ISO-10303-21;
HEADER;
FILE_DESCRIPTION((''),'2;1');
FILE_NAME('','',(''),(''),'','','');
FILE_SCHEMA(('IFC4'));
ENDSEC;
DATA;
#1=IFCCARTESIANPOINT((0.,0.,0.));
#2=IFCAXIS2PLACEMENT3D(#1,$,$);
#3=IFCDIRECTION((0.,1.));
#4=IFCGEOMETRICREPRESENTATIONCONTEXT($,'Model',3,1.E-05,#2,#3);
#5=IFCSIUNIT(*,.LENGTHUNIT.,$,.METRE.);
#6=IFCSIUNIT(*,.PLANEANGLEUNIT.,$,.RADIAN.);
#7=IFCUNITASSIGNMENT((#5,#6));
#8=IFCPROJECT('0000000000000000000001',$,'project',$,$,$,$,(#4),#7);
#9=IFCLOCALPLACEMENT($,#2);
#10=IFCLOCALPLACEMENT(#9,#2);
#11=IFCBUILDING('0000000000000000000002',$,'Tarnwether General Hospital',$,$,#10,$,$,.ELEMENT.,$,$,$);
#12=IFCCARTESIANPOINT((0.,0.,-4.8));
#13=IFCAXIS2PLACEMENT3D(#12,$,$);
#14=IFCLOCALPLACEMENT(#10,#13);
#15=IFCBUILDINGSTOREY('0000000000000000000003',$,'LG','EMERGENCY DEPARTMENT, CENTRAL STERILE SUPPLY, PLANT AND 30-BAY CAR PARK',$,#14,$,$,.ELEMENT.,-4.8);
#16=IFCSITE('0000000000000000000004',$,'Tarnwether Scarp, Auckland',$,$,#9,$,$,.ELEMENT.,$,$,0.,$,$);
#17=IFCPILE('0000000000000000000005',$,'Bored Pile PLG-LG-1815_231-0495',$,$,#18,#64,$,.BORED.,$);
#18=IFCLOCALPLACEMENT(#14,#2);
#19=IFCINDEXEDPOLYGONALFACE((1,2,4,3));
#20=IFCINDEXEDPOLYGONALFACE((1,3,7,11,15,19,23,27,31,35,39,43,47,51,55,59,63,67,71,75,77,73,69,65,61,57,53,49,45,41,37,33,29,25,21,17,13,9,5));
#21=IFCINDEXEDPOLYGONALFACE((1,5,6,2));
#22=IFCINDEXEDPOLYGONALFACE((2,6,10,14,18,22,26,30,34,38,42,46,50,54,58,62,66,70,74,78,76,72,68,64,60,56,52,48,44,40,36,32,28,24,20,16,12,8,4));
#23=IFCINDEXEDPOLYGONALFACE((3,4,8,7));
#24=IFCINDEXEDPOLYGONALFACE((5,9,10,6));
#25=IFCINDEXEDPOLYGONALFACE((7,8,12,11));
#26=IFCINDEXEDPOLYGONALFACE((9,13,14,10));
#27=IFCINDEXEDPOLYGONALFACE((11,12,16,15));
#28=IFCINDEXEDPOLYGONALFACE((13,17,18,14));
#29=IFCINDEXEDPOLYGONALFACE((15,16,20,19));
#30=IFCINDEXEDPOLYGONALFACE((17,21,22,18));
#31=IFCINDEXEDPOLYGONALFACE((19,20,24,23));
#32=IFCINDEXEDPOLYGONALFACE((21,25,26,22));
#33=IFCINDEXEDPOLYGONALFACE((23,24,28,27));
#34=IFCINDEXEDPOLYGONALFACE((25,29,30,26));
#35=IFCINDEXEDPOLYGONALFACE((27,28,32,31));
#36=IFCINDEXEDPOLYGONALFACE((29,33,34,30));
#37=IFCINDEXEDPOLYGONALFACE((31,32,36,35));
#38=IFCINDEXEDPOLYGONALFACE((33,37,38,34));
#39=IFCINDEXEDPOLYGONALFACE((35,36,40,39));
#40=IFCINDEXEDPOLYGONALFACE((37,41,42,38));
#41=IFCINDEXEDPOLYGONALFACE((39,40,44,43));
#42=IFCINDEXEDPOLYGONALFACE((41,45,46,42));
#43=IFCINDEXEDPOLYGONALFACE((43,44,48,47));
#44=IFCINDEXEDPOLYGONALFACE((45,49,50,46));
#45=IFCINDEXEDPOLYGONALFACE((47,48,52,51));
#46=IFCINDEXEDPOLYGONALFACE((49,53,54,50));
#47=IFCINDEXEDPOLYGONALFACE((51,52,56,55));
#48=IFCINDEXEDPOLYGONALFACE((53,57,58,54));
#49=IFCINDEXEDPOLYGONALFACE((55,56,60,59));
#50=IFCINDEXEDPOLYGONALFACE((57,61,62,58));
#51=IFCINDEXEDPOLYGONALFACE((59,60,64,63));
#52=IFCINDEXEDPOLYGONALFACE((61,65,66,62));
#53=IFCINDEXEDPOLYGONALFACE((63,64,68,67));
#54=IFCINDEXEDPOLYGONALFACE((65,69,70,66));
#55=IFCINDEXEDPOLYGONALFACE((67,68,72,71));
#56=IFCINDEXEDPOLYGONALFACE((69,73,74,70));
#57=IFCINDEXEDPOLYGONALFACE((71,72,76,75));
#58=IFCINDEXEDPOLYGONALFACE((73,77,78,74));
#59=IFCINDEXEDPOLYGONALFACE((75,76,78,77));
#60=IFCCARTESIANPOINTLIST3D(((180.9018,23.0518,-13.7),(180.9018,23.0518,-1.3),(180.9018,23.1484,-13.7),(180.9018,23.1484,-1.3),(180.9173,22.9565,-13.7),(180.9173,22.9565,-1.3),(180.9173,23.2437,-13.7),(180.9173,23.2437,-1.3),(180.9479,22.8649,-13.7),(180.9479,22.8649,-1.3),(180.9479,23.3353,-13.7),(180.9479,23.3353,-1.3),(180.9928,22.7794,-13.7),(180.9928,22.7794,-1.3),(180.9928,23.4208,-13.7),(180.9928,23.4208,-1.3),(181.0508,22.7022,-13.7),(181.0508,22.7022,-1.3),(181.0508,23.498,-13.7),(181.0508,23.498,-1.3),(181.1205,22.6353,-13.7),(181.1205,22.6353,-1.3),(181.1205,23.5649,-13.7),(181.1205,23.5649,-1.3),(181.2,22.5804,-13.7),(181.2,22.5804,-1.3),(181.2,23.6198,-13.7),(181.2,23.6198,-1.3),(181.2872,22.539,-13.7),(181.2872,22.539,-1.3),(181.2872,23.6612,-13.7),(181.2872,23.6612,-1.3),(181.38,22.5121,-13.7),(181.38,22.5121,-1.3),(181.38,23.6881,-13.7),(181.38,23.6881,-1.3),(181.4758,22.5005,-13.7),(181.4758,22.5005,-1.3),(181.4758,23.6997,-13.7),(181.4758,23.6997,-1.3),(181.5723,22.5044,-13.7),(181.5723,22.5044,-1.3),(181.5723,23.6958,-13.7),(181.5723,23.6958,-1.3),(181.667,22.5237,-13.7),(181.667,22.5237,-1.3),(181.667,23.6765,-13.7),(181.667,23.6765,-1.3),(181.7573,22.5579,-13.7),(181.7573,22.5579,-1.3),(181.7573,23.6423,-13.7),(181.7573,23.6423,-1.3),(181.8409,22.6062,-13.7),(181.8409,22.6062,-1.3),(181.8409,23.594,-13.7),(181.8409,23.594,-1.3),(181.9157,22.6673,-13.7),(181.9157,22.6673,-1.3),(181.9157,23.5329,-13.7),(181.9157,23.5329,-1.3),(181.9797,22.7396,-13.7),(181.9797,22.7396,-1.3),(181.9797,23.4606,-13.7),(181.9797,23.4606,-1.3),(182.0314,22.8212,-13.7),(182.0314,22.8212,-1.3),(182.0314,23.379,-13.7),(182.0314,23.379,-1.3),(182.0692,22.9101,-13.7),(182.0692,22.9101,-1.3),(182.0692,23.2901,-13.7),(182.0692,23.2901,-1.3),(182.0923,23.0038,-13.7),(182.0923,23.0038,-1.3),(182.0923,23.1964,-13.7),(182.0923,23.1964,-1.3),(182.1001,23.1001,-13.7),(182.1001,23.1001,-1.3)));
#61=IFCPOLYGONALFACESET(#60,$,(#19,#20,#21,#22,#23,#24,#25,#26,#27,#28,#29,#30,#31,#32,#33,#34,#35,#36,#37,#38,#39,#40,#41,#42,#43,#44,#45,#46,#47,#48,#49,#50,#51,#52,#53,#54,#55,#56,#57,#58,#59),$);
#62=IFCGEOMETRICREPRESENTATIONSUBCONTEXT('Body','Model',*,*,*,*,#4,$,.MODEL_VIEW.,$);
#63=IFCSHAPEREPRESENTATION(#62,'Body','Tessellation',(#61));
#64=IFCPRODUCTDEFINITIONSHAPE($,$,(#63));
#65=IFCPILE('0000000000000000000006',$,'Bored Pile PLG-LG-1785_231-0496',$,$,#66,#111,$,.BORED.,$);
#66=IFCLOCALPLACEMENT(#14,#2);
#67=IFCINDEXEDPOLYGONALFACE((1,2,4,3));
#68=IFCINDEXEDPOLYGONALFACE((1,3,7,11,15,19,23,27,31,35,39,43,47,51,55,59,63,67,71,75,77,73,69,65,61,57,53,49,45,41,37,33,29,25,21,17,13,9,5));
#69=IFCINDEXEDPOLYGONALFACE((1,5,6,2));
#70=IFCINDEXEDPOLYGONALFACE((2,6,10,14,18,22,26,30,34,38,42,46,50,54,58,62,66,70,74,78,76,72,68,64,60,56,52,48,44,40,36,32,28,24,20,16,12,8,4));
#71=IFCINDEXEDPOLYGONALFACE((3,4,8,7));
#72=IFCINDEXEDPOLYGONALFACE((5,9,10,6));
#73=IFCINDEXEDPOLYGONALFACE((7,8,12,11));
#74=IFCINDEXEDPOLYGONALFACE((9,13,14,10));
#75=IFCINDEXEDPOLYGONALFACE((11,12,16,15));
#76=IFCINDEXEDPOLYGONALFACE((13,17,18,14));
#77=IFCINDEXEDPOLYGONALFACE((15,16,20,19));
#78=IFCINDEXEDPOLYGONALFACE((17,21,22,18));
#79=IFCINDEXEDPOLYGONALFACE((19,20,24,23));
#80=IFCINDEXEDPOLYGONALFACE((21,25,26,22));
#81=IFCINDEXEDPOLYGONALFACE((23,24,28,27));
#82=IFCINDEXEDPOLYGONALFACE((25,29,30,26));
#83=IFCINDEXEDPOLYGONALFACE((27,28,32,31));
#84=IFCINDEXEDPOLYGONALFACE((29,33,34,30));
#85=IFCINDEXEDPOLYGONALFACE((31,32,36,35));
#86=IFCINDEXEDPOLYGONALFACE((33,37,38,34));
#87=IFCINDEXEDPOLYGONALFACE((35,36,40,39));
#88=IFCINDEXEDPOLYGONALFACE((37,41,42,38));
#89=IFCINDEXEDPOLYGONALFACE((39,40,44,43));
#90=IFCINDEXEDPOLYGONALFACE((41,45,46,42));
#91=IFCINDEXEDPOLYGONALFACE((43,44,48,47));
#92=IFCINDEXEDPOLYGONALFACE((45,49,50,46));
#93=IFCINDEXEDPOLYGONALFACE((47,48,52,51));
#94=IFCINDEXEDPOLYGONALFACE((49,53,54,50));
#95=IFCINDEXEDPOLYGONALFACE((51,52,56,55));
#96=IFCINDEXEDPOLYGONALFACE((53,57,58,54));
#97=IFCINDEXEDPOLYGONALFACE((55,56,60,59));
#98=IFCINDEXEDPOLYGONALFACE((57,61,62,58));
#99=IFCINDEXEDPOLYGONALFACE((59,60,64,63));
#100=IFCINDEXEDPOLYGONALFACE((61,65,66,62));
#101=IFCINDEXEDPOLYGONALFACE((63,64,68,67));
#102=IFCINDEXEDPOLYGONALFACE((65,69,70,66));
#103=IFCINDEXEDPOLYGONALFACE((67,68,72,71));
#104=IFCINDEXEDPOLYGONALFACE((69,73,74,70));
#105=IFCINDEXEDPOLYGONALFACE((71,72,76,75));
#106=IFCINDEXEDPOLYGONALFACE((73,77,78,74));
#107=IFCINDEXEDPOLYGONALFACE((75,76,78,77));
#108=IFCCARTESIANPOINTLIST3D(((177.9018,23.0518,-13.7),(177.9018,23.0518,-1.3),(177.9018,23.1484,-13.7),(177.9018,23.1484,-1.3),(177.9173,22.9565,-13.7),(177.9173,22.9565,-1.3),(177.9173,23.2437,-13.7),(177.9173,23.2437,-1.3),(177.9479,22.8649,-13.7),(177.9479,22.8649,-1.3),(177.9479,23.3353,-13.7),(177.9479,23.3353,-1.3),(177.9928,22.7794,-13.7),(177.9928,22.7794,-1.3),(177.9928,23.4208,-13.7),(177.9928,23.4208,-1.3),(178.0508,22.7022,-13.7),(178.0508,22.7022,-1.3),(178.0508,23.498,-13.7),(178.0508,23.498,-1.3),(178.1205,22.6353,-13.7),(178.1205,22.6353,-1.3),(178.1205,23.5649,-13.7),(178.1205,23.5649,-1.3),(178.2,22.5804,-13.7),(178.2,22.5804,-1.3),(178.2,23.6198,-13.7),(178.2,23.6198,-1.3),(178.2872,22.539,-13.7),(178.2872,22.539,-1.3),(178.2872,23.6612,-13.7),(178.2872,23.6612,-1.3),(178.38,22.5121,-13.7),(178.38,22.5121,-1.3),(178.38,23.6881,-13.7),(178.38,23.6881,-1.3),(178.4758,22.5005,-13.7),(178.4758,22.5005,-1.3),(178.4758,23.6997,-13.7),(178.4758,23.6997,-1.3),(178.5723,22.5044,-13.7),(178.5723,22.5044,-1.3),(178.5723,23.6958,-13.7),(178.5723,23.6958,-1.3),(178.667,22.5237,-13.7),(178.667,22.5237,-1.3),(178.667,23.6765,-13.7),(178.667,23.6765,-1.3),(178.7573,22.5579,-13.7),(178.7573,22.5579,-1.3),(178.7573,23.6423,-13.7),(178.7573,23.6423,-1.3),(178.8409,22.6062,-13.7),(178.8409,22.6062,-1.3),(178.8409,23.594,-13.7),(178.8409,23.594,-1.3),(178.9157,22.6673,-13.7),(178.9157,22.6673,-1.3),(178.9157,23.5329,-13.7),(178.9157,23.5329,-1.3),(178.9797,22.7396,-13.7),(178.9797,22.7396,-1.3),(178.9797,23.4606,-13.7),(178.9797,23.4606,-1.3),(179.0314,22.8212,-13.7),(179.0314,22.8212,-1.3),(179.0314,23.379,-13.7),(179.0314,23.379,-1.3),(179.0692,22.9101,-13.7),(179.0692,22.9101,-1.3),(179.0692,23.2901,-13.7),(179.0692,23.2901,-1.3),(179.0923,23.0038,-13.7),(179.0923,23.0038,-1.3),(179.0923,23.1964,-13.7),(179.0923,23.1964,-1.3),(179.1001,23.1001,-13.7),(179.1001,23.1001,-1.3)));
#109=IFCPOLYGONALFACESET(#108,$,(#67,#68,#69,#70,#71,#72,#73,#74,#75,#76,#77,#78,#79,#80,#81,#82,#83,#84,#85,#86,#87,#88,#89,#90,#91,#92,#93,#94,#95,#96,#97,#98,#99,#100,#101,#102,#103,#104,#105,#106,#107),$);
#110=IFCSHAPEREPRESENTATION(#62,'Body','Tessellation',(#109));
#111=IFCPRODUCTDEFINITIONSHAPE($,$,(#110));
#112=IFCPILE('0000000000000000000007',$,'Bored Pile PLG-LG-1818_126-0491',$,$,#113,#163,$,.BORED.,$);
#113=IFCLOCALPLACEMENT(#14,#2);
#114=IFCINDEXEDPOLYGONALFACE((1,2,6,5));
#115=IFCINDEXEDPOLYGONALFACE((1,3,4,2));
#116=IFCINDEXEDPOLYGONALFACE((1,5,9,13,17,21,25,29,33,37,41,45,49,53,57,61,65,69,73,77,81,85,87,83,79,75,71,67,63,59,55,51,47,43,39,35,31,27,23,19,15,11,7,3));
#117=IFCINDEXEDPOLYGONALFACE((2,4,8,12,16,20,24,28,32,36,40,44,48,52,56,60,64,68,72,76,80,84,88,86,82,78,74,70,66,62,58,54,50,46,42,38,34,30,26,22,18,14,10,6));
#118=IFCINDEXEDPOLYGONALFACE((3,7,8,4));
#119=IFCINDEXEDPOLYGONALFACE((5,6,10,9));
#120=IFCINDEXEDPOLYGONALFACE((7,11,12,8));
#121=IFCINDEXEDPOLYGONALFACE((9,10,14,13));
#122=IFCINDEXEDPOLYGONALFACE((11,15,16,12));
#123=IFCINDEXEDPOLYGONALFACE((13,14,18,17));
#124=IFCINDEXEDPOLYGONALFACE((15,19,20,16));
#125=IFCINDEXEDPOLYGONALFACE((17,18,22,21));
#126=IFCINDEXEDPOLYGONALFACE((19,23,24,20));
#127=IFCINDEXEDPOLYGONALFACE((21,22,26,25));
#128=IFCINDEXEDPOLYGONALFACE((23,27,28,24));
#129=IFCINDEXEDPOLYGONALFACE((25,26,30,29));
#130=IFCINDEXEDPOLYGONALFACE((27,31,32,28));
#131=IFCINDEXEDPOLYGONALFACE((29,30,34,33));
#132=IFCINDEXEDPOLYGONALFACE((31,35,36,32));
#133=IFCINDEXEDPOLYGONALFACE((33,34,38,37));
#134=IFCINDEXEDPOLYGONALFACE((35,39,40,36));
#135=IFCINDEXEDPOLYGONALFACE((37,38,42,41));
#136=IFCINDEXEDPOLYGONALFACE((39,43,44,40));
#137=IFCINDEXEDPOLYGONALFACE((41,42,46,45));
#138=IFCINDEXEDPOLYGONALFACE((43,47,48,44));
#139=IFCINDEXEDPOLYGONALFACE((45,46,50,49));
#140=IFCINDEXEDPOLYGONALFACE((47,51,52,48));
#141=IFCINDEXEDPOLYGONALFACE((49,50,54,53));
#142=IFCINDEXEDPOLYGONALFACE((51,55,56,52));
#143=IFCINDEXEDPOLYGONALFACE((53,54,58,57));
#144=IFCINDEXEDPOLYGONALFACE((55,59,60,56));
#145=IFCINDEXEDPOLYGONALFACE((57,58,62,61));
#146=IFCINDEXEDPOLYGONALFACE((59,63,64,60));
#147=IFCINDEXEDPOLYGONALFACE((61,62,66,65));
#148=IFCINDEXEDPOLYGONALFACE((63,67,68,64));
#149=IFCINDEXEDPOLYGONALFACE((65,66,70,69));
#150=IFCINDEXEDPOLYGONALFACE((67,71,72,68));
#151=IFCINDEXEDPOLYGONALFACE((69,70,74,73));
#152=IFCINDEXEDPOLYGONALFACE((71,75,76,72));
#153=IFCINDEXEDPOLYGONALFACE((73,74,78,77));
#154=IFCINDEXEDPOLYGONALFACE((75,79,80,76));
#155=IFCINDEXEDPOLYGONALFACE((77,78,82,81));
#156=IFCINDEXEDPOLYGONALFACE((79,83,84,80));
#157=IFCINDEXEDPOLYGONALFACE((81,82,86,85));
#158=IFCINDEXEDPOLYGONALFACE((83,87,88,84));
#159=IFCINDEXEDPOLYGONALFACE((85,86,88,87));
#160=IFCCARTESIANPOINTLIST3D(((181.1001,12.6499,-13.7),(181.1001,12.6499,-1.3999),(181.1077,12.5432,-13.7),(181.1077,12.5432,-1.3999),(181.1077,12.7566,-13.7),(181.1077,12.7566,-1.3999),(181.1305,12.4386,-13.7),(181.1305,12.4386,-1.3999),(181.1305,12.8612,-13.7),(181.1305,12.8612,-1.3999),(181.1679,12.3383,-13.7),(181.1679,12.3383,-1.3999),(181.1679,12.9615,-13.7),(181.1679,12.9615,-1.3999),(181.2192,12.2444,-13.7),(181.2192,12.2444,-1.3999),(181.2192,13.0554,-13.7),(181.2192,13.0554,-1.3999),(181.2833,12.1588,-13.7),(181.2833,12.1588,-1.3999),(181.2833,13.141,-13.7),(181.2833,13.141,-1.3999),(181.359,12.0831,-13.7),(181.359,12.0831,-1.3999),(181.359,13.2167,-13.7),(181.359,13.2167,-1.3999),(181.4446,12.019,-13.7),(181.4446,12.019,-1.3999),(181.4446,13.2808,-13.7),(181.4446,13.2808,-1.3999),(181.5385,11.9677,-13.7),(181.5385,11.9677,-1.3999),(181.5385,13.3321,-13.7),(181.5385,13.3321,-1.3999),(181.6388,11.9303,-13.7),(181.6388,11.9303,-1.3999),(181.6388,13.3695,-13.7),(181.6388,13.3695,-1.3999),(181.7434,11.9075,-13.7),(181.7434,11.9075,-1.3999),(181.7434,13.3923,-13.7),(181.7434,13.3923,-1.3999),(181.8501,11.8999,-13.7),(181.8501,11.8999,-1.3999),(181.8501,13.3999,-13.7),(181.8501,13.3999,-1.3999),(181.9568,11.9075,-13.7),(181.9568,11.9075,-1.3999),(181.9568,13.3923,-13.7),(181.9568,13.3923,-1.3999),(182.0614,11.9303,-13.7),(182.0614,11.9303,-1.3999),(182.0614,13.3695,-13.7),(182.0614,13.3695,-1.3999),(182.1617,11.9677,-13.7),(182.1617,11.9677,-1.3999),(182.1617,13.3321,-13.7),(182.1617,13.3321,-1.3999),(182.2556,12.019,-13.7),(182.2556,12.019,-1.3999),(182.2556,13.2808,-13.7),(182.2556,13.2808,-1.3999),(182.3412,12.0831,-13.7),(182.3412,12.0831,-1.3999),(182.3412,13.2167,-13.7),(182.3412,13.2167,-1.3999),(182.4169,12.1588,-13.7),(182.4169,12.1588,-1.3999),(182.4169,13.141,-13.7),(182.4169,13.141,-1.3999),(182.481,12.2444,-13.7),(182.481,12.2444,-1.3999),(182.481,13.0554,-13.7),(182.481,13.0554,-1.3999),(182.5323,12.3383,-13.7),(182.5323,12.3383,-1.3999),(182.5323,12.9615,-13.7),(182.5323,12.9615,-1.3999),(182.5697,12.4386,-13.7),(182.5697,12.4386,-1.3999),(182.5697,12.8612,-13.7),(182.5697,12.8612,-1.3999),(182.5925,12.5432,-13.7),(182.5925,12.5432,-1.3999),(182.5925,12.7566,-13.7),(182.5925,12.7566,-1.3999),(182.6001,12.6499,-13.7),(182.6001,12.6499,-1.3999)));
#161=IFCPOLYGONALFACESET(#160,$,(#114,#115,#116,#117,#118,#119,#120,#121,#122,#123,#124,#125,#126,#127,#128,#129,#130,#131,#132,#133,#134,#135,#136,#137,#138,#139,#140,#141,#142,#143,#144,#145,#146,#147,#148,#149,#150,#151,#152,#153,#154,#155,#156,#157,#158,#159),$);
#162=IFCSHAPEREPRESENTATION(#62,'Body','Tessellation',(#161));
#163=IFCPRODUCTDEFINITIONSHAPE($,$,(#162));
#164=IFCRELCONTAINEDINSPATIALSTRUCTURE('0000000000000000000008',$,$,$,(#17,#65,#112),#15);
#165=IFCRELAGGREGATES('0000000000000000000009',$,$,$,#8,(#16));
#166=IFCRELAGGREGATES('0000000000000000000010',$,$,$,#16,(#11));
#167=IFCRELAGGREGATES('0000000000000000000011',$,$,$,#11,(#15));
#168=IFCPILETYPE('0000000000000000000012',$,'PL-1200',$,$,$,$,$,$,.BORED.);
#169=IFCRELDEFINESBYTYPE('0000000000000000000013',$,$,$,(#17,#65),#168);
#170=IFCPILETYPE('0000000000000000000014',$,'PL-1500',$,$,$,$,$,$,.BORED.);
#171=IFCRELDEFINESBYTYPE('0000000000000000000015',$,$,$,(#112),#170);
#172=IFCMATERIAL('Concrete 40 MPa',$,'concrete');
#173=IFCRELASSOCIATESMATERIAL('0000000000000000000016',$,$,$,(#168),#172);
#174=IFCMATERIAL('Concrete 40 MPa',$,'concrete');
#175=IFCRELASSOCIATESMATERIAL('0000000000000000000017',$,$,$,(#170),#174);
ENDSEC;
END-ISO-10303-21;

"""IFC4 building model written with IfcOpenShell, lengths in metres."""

from ifc_helpers import new_model, si_unit, direction, frame, origin, origin_2d, place, context, subcontext, project, spatial, circle, extrude, material, material_profile, profile_set, type_object, element, save


model = new_model("IFC4")

# Units and contexts
model_context = context("Model", 3, precision=1e-05, world=origin(), true_north=direction((0.0, 1.0)))
body_context = subcontext(model_context, "Body", "Model", "MODEL_VIEW")
ifc_project = project(units=[si_unit("LENGTHUNIT", "METRE"), si_unit("PLANEANGLEUNIT", "RADIAN")], contexts=[model_context])

# Site, building, storey
site_placement = place(None, origin())
site = spatial("IfcSite", under=ifc_project, at=site_placement, Name="Tarnwether Scarp, Auckland", CompositionType="ELEMENT", RefElevation=0.0)
building_placement = place(site_placement, origin())
building = spatial("IfcBuilding", under=site, at=building_placement, Name="Tarnwether General Hospital", CompositionType="ELEMENT")
storey_placement = place(building_placement, frame((0.0, 0.0, -4.8)))
storey = spatial("IfcBuildingStorey", under=building, at=storey_placement, Name="LG", Description="EMERGENCY DEPARTMENT, CENTRAL STERILE SUPPLY, PLANT AND 30-BAY CAR PARK", CompositionType="ELEMENT", Elevation=-4.8)

# Piles
ifc_material_1 = material(Name="Concrete 40 MPa", Category="concrete")
ifc_material_profile_1 = material_profile(ifc_material_1, circle(Radius=0.6001, at=origin_2d()), Name="PILE-D1200")
ifc_profile_set_1 = profile_set([ifc_material_profile_1], Name="Concrete 40 MPa")
pile_type_1 = type_object("IfcPileType", Name="PL-1200", PredefinedType="BORED", material=ifc_profile_set_1)
for number, where, z_axis, x_axis, name in (
    (1, (181.5, 23.1001, -1.3), (0.0, 0.0, -1.0), (1.0, 0.0, 0.0), "Bored Pile PLG-LG-1815_231-0495"),
    (2, (178.5, 23.1001, -1.3), (0.0, 0.0, -1.0), (1.0, 0.0, 0.0), "Bored Pile PLG-LG-1785_231-0496"),
):
    element("IfcPile", number, at=place(storey_placement, frame(where, z_axis=z_axis, x_axis=x_axis)), inside=storey, type_object=pile_type_1, Name=name, PredefinedType="BORED", context=body_context, shape_type="SweptSolid", body=[
        extrude(circle(Radius=0.6001, at=origin_2d()), origin(), (0.0, 0.0, 1.0), 12.3999),
    ])
ifc_material_2 = material(Name="Concrete 40 MPa", Category="concrete")
ifc_material_profile_2 = material_profile(ifc_material_2, circle(Radius=0.75, at=origin_2d()), Name="PILE-D1500")
ifc_profile_set_2 = profile_set([ifc_material_profile_2], Name="Concrete 40 MPa")
pile_type_2 = type_object("IfcPileType", Name="PL-1500", PredefinedType="BORED", material=ifc_profile_set_2)
for number, where, z_axis, x_axis, name in (
    (3, (181.8501, 12.6499, -1.3999), (0.0, 0.0, -1.0), (1.0, 0.0, 0.0), "Bored Pile PLG-LG-1818_126-0491"),
):
    element("IfcPile", number, at=place(storey_placement, frame(where, z_axis=z_axis, x_axis=x_axis)), inside=storey, type_object=pile_type_2, Name=name, PredefinedType="BORED", context=body_context, shape_type="SweptSolid", body=[
        extrude(circle(Radius=0.75, at=origin_2d()), origin(), (0.0, 0.0, 1.0), 12.3),
    ])

save(model, "model.ifc")
